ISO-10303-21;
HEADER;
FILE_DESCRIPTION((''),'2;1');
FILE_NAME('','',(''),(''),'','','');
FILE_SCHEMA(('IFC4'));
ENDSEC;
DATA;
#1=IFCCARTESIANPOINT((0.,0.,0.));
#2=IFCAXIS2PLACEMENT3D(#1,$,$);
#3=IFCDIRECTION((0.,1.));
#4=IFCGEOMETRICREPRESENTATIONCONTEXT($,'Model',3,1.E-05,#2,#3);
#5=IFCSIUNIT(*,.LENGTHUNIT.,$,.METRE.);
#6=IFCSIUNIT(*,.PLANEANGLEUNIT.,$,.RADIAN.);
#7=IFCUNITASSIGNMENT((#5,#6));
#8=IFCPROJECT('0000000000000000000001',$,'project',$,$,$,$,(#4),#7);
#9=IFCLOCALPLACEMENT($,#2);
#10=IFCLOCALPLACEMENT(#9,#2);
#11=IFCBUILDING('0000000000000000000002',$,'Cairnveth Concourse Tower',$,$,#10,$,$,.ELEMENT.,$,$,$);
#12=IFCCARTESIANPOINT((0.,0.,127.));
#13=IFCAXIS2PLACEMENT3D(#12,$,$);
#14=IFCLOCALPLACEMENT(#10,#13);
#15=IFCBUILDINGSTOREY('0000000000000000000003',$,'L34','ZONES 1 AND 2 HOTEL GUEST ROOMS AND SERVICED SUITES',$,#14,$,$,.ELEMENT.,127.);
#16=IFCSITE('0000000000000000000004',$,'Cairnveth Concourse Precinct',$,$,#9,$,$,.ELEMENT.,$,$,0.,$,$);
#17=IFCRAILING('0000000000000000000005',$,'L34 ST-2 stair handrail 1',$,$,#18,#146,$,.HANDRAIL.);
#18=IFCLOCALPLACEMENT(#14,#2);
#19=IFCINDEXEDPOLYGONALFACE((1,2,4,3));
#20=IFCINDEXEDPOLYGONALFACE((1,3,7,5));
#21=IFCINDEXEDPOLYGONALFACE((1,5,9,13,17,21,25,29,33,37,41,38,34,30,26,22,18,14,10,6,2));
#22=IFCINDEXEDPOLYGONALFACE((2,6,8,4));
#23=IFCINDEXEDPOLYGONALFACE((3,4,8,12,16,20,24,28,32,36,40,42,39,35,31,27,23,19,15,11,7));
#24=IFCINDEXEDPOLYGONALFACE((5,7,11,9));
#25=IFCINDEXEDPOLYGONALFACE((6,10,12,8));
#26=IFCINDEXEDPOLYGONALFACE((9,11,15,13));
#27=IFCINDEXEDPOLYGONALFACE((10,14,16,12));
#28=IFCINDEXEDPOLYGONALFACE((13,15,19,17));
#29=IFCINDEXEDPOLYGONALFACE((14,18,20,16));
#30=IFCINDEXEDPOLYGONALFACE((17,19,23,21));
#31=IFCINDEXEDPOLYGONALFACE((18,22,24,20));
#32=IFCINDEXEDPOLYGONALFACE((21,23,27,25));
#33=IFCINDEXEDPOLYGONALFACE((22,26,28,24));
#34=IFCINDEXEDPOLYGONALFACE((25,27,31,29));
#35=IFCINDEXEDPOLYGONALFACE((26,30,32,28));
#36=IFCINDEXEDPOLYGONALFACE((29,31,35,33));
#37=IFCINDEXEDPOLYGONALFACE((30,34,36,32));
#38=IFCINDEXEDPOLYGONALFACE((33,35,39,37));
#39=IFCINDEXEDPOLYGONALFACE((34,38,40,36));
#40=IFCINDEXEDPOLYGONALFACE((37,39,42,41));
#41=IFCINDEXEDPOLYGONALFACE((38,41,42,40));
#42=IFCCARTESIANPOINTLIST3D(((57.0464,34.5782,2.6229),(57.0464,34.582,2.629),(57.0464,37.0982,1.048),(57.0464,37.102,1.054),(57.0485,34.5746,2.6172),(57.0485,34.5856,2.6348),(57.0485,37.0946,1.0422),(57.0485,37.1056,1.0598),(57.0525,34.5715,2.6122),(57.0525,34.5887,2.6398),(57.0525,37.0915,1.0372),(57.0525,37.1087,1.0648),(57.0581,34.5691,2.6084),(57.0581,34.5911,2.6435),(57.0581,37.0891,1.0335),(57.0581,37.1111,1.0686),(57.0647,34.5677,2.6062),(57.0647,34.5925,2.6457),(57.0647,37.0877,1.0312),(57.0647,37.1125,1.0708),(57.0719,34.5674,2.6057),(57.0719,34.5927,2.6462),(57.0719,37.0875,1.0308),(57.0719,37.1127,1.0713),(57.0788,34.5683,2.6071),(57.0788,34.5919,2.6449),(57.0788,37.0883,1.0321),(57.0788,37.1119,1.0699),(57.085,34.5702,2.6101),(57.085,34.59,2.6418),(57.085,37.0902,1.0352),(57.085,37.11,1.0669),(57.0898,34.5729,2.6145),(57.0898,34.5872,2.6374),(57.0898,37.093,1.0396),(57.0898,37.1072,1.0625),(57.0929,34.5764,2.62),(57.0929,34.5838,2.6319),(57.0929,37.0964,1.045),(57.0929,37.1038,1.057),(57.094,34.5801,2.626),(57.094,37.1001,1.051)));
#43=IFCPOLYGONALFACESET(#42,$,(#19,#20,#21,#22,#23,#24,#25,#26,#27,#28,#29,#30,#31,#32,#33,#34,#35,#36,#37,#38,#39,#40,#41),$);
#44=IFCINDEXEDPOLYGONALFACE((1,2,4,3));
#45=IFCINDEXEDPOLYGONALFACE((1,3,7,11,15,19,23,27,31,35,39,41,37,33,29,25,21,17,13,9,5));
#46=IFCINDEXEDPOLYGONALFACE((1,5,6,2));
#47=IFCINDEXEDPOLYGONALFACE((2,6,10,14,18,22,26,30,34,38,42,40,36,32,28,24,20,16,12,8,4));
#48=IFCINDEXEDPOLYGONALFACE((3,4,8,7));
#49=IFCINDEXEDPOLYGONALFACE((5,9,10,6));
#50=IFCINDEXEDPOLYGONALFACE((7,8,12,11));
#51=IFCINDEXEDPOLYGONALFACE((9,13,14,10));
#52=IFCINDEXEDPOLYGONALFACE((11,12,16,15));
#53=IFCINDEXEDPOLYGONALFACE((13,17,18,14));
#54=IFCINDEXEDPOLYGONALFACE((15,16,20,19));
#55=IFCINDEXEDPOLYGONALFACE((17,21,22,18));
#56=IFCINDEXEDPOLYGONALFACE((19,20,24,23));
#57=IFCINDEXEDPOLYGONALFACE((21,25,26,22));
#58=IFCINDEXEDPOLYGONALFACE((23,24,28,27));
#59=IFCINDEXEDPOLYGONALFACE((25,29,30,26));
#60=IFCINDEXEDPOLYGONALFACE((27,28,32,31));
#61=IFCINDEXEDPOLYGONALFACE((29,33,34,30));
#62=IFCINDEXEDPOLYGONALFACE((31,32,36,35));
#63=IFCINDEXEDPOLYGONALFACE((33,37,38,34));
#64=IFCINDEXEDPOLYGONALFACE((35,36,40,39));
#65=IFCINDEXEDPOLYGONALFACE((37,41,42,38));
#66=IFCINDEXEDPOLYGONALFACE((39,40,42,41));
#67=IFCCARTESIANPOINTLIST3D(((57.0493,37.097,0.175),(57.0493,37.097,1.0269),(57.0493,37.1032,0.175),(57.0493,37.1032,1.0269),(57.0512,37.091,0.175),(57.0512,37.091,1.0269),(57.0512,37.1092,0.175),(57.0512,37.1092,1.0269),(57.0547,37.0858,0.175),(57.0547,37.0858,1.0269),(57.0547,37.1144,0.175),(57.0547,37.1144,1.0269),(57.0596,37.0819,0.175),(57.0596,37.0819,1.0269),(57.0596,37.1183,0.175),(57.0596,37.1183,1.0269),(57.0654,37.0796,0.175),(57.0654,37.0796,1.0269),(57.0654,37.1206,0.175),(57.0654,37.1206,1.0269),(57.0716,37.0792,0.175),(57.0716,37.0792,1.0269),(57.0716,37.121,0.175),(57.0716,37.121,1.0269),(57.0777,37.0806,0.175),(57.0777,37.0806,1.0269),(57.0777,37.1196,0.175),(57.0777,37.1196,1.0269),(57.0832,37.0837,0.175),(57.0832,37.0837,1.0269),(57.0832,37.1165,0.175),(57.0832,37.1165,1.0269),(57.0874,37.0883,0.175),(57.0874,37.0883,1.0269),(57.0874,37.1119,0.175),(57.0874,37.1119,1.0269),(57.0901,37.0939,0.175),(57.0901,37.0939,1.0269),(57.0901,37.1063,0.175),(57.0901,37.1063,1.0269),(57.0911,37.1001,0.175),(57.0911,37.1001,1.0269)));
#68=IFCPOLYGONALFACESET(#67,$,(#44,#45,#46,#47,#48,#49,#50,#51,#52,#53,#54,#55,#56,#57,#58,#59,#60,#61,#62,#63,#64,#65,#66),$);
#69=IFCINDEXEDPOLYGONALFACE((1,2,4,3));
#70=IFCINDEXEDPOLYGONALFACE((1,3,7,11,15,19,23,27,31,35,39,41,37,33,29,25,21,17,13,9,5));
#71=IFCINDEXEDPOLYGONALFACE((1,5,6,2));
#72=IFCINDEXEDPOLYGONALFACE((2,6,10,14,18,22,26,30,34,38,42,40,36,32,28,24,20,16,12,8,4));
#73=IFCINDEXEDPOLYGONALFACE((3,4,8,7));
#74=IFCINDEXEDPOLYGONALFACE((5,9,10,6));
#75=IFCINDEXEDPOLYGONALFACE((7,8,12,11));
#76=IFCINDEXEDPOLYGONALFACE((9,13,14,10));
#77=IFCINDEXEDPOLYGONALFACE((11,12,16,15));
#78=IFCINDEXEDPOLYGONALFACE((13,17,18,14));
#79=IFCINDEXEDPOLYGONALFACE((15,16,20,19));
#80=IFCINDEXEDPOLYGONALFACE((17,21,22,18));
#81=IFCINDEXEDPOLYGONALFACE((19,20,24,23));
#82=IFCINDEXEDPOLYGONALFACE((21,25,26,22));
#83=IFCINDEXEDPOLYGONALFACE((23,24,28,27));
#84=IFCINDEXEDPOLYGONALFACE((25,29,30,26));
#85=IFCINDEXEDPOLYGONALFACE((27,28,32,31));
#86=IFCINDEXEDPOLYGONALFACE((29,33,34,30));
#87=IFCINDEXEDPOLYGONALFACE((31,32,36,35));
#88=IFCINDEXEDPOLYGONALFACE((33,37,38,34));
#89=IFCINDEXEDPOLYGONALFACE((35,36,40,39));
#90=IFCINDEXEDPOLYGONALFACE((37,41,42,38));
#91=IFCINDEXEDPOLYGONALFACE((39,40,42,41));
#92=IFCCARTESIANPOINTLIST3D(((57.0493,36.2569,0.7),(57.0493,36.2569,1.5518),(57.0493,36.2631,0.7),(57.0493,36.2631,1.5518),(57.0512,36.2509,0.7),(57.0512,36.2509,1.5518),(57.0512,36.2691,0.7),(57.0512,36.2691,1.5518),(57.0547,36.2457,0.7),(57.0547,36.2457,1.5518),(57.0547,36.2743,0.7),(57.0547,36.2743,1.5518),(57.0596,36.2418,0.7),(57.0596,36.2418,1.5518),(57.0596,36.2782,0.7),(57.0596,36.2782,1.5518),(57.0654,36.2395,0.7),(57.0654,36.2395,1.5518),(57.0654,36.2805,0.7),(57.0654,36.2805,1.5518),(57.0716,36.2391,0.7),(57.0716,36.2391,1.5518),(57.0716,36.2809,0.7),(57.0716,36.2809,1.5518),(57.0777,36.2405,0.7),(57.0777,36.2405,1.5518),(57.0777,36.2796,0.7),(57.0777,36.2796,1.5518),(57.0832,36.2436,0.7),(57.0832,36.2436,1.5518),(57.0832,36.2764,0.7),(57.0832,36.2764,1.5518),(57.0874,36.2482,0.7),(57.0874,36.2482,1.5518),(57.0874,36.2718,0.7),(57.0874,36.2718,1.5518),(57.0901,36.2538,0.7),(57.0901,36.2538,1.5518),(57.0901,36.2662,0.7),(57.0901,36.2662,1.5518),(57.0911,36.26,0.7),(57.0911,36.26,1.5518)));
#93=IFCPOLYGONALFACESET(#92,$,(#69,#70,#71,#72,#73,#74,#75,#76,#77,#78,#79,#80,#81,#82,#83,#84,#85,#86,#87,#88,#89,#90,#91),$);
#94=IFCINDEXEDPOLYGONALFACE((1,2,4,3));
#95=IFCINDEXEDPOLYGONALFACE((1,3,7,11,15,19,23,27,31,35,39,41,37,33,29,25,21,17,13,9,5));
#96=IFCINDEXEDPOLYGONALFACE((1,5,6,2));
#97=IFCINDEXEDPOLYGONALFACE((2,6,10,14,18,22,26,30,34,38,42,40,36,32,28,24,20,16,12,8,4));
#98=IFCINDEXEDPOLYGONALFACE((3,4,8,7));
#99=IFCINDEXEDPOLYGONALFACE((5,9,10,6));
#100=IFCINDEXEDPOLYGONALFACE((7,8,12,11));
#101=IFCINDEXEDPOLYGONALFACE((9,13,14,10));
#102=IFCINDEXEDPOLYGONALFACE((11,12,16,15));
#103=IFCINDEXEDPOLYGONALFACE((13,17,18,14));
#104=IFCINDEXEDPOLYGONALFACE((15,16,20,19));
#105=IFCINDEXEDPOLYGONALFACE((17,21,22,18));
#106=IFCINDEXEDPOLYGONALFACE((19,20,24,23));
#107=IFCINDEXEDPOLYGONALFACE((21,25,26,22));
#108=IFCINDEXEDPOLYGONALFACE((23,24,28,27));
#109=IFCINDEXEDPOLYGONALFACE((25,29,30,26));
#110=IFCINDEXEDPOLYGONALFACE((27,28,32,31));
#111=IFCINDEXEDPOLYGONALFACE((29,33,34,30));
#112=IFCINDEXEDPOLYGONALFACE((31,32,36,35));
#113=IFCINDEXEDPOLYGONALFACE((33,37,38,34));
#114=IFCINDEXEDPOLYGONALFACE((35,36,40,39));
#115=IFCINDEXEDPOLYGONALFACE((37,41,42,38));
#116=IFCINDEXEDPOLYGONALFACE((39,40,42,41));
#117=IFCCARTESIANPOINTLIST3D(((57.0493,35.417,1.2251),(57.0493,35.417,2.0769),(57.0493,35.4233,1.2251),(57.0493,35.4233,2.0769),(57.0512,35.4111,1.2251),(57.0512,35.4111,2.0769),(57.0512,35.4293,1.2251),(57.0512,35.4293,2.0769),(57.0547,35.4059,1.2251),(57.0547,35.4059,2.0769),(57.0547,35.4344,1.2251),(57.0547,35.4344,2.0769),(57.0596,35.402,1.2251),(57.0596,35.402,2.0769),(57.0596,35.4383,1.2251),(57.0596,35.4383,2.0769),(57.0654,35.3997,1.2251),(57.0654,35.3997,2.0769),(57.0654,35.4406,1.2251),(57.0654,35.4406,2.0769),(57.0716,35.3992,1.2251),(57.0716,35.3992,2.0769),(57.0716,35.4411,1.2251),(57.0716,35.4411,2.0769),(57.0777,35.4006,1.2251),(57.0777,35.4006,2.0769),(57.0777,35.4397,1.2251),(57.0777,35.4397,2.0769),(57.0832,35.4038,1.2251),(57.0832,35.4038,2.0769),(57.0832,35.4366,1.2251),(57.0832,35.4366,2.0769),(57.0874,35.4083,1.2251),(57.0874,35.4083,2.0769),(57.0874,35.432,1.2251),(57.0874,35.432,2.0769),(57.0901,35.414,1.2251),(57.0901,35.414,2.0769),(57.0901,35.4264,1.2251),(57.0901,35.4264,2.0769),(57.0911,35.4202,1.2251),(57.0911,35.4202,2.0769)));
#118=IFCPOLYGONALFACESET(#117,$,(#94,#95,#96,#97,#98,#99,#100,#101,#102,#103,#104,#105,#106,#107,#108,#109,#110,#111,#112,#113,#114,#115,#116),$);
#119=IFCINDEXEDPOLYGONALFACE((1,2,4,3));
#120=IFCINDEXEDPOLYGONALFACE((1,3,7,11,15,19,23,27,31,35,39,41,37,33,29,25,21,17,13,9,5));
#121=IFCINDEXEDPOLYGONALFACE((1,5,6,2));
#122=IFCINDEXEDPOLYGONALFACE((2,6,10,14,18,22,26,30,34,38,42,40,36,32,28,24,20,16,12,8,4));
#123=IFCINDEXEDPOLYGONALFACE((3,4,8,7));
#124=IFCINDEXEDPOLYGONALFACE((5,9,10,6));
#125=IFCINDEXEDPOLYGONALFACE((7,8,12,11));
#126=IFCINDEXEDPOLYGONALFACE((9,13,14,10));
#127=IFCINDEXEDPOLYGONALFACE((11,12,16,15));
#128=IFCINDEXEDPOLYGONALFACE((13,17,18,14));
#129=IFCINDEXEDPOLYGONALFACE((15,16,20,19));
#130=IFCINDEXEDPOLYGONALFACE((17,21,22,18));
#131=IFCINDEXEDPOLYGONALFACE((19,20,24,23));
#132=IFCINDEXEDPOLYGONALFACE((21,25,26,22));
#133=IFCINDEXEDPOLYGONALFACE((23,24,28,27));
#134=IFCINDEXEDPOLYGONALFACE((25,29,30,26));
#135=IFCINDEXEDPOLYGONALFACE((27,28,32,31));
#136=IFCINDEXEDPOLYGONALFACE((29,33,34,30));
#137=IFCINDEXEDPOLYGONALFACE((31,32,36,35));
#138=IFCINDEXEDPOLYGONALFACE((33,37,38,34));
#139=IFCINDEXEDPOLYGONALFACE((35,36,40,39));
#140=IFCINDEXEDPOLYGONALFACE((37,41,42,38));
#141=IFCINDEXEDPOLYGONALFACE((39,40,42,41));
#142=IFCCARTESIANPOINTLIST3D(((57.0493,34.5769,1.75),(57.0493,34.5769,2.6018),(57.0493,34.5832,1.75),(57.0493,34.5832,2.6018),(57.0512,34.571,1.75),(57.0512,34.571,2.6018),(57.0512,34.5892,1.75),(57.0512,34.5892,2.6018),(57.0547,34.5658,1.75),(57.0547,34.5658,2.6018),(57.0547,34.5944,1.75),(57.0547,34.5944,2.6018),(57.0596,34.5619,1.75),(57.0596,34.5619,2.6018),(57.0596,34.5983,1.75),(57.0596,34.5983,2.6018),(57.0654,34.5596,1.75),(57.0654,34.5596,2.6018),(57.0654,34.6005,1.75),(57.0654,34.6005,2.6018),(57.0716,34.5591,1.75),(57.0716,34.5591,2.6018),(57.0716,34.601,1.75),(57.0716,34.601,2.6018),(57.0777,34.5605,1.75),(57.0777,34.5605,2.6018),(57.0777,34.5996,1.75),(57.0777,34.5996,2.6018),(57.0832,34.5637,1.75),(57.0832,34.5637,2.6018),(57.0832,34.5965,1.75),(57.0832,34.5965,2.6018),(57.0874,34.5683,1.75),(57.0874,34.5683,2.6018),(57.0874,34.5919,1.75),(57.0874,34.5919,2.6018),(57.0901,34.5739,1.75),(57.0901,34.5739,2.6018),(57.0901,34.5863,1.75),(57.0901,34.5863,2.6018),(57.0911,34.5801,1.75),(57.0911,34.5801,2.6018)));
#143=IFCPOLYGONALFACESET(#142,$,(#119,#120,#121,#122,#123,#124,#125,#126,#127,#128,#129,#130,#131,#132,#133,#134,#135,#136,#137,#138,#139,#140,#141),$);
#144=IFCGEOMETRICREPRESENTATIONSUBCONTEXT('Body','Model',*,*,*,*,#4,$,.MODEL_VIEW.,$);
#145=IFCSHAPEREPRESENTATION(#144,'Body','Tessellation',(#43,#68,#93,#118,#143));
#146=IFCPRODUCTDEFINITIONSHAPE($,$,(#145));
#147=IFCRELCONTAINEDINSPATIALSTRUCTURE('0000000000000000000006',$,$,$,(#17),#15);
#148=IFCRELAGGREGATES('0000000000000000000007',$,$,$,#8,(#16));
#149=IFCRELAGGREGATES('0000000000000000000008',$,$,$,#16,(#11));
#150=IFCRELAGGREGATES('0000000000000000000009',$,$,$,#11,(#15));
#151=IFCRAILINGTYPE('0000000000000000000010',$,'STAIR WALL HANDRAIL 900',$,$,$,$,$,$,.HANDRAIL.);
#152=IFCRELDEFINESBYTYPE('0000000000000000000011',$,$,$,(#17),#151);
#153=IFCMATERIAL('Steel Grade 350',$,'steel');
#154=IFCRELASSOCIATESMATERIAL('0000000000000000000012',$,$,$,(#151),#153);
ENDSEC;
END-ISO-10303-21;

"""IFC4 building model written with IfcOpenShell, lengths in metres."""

from ifc_helpers import new_model, si_unit, direction, frame, origin, origin_2d, place, context, subcontext, project, spatial, circle, extrude, material, type_object, element, save


model = new_model("IFC4")

# Units and contexts
model_context = context("Model", 3, precision=1e-05, world=origin(), true_north=direction((0.0, 1.0)))
body_context = subcontext(model_context, "Body", "Model", "MODEL_VIEW")
ifc_project = project(units=[si_unit("LENGTHUNIT", "METRE"), si_unit("PLANEANGLEUNIT", "RADIAN")], contexts=[model_context])

# Site, building, storey
site_placement = place(None, origin())
site = spatial("IfcSite", under=ifc_project, at=site_placement, Name="Cairnveth Concourse Precinct", CompositionType="ELEMENT", RefElevation=0.0)
building_placement = place(site_placement, origin())
building = spatial("IfcBuilding", under=site, at=building_placement, Name="Cairnveth Concourse Tower", CompositionType="ELEMENT")
storey_placement = place(building_placement, frame((0.0, 0.0, 127.0)))
storey = spatial("IfcBuildingStorey", under=building, at=storey_placement, Name="L34", Description="ZONES 1 AND 2 HOTEL GUEST ROOMS AND SERVICED SUITES", CompositionType="ELEMENT", Elevation=127.0)

# Shared definitions
ifc_material_1 = material(Name="Steel Grade 350", Category="steel")

# Railing
railing_type_1 = type_object("IfcRailingType", Name="STAIR WALL HANDRAIL 900", PredefinedType="HANDRAIL", material=ifc_material_1)
railing_1_placement = place(storey_placement, frame((57.0701, 37.1001, 0.175)))
element("IfcRailing", 1, at=railing_1_placement, inside=storey, type_object=railing_type_1, Name="L34 ST-2 stair handrail 1", PredefinedType="HANDRAIL", context=body_context, shape_type="SweptSolid", body=[
    extrude(circle(Radius=0.0239, at=origin_2d()), frame((0.0, 0.0, 0.876), z_axis=(0.0, -0.848008, 0.529984), x_axis=(1.0, 0.0, 0.0)), (0.0, 0.0, 1.0), 2.9717),
    extrude(circle(Radius=0.021, at=origin_2d()), origin(), (0.0, 0.0, 1.0), 0.8518),
    extrude(circle(Radius=0.021, at=origin_2d()), frame((0.0, -0.8401, 0.5249)), (0.0, 0.0, 1.0), 0.8518),
    extrude(circle(Radius=0.021, at=origin_2d()), frame((0.0, -1.6799, 1.05)), (0.0, 0.0, 1.0), 0.8518),
    extrude(circle(Radius=0.021, at=origin_2d()), frame((0.0, -2.52, 1.575)), (0.0, 0.0, 1.0), 0.8518),
])

save(model, "model.ifc")
